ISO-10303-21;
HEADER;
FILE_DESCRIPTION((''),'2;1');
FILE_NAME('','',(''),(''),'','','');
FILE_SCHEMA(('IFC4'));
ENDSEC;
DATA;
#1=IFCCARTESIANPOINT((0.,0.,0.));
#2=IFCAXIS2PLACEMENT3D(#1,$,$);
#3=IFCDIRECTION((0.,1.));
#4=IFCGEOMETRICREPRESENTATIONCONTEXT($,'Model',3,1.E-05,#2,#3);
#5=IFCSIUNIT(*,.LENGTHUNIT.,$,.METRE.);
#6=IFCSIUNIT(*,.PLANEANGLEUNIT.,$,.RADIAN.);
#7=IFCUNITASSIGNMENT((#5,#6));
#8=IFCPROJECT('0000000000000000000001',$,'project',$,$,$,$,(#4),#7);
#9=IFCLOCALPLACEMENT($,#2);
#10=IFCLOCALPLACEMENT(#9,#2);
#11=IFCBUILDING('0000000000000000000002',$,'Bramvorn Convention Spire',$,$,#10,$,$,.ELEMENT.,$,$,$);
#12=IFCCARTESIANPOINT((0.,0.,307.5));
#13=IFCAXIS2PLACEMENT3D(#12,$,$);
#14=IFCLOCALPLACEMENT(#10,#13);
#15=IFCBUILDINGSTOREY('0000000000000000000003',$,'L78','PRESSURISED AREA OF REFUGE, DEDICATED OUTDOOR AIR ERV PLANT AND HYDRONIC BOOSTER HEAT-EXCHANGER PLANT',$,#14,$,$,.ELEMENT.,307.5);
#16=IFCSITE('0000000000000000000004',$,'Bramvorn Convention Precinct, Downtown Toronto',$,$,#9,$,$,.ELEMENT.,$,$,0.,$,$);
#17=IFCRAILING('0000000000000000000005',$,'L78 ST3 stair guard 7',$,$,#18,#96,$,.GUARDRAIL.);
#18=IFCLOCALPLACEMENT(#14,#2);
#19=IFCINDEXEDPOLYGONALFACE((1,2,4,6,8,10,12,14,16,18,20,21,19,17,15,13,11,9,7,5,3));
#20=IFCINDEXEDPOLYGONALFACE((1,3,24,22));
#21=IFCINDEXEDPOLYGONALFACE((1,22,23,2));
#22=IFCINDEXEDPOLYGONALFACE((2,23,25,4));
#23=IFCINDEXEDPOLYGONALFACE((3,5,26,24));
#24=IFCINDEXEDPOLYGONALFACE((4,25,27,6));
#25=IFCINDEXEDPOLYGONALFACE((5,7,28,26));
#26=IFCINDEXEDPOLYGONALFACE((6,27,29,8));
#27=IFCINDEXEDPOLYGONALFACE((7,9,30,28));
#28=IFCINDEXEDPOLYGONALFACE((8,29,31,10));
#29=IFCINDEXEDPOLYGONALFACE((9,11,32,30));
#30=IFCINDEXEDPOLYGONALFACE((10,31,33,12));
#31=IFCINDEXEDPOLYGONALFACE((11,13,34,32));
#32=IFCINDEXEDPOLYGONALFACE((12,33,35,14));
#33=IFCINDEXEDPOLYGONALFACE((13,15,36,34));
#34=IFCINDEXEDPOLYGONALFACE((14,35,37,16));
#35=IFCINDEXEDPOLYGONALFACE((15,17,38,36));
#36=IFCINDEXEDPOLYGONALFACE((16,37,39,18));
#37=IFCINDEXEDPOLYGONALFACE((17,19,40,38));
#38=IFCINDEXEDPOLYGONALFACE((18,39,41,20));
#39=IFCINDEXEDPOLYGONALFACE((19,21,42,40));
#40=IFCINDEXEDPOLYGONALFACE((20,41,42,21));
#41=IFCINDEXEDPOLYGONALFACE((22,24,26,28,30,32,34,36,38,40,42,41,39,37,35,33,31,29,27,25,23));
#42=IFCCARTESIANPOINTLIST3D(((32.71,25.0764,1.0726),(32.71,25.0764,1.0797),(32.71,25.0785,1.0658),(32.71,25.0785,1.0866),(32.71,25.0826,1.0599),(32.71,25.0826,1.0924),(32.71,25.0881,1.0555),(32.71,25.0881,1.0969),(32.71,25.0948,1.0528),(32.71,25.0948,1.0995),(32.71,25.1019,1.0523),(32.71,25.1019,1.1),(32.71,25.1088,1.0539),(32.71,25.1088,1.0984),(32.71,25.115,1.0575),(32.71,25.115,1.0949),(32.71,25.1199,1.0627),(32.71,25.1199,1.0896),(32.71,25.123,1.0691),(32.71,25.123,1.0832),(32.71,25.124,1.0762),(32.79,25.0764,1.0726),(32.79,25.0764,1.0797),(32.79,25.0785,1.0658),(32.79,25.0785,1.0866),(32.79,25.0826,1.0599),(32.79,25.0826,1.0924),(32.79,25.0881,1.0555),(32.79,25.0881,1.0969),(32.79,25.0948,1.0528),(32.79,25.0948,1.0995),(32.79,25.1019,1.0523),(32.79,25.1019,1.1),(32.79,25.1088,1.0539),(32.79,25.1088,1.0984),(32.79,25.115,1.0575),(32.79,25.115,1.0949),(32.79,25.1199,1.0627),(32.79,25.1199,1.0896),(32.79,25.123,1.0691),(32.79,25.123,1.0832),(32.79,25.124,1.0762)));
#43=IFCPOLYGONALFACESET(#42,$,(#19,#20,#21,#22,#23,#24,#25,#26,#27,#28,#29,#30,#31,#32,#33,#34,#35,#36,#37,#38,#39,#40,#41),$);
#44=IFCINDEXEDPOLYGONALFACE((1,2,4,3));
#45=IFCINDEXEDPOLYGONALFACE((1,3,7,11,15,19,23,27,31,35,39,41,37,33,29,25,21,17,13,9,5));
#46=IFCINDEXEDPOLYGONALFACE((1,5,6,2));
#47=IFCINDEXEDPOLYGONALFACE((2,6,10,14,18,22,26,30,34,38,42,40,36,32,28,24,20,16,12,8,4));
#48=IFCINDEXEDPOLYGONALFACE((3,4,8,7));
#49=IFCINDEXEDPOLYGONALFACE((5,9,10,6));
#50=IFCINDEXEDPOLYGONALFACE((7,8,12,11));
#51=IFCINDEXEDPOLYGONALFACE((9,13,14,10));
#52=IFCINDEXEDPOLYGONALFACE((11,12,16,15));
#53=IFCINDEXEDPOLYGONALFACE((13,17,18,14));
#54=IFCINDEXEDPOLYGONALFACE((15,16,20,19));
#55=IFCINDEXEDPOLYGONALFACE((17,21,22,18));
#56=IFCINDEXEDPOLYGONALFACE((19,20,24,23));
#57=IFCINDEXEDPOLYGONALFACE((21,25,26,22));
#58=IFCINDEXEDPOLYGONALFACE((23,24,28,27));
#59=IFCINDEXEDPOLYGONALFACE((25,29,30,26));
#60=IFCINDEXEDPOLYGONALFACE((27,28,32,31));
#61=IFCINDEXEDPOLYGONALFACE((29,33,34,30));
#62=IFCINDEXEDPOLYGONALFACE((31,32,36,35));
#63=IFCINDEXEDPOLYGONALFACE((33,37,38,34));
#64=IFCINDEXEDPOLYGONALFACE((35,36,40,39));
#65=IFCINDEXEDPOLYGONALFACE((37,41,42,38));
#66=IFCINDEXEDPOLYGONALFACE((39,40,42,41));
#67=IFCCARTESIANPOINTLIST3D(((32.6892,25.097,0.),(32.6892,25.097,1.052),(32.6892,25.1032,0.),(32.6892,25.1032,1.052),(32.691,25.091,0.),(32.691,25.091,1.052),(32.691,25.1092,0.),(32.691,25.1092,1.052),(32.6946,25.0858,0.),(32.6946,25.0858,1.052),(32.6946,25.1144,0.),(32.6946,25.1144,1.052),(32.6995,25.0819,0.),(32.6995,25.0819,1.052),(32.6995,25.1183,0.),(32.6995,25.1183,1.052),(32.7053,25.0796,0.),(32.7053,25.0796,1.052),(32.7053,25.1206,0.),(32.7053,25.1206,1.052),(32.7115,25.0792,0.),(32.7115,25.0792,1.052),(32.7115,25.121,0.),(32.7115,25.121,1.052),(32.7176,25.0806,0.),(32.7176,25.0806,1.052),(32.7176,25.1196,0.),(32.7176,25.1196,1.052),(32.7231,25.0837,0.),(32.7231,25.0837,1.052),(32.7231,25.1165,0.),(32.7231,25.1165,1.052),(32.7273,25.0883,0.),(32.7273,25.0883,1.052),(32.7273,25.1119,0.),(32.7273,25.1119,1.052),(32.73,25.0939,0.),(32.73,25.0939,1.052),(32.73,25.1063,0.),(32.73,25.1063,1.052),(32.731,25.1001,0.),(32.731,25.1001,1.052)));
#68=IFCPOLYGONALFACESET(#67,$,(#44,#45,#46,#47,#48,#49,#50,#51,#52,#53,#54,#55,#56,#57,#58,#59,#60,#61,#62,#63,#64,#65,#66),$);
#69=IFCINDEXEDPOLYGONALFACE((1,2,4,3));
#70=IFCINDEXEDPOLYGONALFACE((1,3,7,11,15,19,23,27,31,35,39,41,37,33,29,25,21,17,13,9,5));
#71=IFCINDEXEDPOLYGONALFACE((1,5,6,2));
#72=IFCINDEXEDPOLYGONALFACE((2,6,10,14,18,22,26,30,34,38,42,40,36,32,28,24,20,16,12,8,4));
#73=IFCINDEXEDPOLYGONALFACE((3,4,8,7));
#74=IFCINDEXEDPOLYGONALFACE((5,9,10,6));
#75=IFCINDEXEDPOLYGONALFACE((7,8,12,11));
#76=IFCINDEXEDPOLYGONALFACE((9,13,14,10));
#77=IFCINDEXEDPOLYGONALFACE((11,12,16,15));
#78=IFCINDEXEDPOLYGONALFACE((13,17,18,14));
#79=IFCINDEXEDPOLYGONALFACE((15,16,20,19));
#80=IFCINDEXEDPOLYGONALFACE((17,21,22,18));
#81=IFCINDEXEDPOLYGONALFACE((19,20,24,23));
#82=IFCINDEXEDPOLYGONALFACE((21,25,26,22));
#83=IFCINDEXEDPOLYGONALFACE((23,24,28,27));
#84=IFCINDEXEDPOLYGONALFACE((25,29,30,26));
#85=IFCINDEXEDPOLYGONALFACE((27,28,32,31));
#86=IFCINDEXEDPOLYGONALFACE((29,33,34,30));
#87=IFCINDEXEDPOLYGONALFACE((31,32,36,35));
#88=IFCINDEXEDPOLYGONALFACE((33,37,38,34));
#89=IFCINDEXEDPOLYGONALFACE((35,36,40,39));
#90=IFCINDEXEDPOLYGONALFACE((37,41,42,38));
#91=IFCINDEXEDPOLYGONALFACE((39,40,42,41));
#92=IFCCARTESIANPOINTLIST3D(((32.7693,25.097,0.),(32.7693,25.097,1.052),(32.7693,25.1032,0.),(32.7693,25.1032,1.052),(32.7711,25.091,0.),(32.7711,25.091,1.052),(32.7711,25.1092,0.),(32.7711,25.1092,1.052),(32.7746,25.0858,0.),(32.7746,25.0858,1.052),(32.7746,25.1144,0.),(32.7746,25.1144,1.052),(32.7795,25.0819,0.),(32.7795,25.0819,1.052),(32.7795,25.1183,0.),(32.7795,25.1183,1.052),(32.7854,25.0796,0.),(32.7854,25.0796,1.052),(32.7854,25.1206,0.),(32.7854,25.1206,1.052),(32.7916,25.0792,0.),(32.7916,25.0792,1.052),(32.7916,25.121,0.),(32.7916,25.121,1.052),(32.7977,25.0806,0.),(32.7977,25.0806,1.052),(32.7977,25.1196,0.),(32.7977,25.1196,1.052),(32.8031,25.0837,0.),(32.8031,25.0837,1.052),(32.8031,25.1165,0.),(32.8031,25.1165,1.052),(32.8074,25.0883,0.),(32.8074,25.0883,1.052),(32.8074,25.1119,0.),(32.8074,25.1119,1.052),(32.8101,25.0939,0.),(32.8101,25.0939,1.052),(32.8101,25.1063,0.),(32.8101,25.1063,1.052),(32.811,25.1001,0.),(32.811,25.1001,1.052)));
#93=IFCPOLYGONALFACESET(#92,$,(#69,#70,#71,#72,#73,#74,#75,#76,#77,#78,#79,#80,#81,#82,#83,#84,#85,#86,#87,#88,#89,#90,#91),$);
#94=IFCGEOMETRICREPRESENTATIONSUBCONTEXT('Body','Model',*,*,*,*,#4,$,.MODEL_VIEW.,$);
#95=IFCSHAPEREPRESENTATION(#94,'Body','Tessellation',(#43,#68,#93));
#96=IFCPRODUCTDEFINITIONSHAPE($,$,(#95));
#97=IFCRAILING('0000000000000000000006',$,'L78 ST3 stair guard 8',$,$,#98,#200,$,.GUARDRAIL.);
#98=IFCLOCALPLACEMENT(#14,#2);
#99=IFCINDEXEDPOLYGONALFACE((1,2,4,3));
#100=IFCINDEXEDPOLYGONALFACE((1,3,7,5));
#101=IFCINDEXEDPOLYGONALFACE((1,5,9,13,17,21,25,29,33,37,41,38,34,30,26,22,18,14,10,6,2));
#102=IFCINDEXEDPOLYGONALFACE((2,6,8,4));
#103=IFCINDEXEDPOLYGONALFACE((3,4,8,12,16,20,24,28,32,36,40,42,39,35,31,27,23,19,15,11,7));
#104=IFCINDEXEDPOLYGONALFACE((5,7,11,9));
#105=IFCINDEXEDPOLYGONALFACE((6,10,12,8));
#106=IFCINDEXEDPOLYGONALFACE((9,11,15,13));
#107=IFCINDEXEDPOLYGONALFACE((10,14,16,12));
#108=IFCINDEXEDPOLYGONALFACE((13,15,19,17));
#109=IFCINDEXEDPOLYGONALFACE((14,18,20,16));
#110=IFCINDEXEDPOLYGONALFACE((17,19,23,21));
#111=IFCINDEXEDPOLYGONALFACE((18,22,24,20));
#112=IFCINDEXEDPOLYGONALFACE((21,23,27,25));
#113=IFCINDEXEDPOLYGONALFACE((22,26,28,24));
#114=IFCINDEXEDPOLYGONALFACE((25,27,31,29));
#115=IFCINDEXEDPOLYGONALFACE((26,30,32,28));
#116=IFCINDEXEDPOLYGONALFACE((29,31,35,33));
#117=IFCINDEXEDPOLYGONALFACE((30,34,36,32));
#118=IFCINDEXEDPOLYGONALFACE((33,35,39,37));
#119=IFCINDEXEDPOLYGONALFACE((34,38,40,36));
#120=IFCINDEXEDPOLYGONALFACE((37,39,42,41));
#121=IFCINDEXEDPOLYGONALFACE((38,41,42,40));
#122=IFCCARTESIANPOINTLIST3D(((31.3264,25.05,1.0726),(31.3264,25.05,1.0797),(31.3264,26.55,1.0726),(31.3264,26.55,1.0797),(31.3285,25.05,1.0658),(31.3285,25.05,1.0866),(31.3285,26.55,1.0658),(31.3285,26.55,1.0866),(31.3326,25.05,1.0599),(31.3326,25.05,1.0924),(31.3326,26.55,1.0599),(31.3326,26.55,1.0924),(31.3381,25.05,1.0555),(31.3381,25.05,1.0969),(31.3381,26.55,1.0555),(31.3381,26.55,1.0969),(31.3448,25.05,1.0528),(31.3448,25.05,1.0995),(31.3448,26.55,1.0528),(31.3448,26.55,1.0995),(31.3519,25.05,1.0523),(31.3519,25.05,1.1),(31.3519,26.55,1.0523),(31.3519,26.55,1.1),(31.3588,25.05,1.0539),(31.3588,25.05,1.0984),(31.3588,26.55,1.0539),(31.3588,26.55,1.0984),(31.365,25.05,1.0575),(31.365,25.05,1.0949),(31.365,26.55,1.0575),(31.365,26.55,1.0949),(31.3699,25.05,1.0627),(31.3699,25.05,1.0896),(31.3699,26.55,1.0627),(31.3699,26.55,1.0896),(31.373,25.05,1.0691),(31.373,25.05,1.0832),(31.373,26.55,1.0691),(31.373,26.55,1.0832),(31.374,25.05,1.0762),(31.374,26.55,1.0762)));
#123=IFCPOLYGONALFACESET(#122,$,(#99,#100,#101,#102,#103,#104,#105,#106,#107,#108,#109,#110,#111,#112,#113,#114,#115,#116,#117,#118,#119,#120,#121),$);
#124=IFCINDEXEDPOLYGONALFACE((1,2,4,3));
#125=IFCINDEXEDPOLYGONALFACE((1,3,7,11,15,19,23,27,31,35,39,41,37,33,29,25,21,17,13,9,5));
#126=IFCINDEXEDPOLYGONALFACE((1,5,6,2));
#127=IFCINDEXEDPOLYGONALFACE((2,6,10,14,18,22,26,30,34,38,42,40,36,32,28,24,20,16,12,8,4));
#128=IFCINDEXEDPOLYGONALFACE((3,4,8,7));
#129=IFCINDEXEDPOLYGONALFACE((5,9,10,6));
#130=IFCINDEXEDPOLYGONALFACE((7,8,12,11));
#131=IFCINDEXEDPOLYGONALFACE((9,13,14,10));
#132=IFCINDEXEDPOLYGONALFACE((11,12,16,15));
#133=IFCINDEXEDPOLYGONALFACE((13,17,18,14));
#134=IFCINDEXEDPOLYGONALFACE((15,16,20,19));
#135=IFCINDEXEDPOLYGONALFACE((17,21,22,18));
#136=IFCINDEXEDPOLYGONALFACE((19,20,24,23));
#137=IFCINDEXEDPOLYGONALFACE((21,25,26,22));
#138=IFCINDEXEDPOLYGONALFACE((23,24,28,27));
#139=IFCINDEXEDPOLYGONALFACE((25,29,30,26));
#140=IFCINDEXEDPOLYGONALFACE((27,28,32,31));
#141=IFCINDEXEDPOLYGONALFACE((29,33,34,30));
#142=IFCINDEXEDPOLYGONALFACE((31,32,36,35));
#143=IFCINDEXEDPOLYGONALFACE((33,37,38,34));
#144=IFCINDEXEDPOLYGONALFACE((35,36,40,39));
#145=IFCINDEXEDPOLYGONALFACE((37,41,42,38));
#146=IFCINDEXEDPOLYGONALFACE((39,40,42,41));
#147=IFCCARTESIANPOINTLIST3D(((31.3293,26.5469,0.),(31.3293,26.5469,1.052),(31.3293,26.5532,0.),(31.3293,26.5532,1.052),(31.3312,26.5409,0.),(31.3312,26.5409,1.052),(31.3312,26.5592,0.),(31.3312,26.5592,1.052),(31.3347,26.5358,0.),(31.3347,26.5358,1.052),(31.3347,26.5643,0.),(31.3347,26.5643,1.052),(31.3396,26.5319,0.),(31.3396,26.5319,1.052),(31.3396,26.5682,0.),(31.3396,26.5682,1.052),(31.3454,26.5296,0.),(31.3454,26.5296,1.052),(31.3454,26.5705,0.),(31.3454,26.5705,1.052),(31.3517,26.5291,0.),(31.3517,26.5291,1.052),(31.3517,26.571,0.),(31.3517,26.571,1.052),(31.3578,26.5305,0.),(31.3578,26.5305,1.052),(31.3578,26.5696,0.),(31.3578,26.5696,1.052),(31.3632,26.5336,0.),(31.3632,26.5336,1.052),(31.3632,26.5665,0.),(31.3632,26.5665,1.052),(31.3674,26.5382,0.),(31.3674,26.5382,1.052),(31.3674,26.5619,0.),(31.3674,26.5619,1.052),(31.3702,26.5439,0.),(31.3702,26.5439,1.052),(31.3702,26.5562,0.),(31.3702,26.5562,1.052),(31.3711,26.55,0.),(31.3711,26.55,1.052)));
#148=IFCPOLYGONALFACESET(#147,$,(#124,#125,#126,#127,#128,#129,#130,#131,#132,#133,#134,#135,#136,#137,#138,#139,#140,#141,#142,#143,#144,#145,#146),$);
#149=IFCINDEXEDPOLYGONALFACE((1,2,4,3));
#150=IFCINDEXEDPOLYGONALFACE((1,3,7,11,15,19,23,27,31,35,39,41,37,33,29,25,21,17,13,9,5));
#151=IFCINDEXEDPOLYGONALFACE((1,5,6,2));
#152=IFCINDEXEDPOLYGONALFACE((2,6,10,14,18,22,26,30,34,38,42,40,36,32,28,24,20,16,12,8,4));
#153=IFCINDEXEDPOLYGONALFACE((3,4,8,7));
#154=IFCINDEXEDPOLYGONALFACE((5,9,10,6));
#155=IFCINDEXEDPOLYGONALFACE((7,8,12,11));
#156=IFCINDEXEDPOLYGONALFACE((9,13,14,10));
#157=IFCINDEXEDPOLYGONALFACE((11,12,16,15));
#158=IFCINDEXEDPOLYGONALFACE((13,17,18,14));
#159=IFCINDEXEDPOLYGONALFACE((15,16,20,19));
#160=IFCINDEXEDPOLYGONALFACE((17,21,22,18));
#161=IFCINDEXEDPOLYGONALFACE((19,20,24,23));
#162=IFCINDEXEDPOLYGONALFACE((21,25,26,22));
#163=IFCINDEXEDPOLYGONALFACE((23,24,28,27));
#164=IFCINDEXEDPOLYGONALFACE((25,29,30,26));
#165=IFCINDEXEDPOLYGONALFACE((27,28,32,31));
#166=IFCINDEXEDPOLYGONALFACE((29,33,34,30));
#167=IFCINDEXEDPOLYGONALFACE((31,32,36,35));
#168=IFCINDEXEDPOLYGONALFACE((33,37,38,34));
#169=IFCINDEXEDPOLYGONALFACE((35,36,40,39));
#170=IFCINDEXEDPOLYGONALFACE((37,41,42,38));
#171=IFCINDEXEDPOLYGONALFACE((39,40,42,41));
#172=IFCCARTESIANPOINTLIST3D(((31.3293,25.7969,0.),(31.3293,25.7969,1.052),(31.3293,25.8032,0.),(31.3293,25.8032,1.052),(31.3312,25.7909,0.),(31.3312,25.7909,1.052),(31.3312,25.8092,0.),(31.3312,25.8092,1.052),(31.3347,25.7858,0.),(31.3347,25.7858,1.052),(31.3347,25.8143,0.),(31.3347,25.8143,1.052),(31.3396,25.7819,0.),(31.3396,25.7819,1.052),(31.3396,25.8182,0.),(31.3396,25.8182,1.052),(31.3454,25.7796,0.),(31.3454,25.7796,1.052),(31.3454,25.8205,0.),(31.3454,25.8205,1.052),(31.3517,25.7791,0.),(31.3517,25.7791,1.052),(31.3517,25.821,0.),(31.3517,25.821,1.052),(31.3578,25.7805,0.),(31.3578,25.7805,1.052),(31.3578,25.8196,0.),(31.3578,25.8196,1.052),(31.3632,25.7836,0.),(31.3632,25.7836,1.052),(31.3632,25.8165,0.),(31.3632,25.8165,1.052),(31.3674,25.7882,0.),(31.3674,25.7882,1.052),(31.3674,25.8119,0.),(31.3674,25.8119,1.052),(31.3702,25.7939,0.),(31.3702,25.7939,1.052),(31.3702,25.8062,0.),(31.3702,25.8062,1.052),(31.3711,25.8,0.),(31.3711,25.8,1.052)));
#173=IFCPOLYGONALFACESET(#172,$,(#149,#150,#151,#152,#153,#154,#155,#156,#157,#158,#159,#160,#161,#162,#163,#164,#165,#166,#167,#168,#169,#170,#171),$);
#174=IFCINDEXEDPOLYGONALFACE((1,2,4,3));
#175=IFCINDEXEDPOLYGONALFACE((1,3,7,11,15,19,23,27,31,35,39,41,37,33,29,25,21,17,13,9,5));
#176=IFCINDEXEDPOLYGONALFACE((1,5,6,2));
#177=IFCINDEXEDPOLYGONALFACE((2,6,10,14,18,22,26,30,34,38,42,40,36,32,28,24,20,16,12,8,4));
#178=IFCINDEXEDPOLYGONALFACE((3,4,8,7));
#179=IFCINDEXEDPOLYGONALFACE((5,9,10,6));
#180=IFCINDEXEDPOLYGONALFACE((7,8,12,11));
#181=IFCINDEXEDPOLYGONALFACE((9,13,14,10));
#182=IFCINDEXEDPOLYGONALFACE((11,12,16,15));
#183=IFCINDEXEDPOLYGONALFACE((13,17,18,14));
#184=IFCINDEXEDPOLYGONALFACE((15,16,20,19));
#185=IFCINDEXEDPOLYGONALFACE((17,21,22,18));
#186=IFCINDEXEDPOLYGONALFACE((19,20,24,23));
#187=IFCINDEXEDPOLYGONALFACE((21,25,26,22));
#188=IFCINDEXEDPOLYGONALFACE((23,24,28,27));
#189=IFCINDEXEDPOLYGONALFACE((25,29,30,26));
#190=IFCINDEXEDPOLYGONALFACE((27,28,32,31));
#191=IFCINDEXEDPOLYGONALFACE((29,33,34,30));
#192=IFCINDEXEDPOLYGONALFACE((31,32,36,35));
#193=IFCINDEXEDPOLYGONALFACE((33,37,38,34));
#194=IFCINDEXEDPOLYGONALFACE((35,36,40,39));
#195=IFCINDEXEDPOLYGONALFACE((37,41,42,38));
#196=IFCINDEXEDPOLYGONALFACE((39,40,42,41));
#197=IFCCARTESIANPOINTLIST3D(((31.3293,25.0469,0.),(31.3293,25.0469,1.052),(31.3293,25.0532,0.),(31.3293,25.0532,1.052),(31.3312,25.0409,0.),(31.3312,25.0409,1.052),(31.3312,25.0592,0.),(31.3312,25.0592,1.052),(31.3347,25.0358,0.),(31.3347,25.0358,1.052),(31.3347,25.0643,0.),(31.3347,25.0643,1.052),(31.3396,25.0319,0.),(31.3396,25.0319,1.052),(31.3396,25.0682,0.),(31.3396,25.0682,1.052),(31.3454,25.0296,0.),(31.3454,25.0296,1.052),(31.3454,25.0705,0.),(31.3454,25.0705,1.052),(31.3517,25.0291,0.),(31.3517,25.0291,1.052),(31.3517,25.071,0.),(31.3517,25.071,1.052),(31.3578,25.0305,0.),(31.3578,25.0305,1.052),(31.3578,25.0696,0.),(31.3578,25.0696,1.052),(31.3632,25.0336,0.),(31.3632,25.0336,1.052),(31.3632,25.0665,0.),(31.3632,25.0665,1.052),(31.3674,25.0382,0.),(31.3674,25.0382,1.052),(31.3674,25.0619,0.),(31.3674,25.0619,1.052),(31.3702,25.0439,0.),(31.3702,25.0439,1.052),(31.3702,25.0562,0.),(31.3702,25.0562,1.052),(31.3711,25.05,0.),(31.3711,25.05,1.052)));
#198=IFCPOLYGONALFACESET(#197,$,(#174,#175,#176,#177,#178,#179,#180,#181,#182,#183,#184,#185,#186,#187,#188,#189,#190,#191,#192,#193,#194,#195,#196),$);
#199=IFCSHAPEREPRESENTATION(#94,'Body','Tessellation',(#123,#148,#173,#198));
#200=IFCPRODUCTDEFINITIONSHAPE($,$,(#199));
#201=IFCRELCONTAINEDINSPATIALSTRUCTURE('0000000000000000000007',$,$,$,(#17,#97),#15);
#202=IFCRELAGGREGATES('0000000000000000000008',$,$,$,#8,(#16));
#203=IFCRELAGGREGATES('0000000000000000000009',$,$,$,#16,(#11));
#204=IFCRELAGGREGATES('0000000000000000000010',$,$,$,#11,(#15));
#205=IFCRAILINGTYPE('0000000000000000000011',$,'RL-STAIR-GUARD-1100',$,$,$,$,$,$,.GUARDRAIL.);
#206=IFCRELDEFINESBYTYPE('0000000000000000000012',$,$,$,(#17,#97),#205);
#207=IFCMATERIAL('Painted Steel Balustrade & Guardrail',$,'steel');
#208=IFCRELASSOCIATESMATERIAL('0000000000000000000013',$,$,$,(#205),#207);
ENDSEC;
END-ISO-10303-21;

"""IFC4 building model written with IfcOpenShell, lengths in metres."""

from ifc_helpers import new_model, si_unit, direction, frame, origin, origin_2d, place, context, subcontext, project, spatial, circle, extrude, material, type_object, element, save


model = new_model("IFC4")

# Units and contexts
model_context = context("Model", 3, precision=1e-05, world=origin(), true_north=direction((0.0, 1.0)))
body_context = subcontext(model_context, "Body", "Model", "MODEL_VIEW")
ifc_project = project(units=[si_unit("LENGTHUNIT", "METRE"), si_unit("PLANEANGLEUNIT", "RADIAN")], contexts=[model_context])

# Site, building, storey
site_placement = place(None, origin())
site = spatial("IfcSite", under=ifc_project, at=site_placement, Name="Bramvorn Convention Precinct, Downtown Toronto", CompositionType="ELEMENT", RefElevation=0.0)
building_placement = place(site_placement, origin())
building = spatial("IfcBuilding", under=site, at=building_placement, Name="Bramvorn Convention Spire", CompositionType="ELEMENT")
storey_placement = place(building_placement, frame((0.0, 0.0, 307.5)))
storey = spatial("IfcBuildingStorey", under=building, at=storey_placement, Name="L78", Description="PRESSURISED AREA OF REFUGE, DEDICATED OUTDOOR AIR ERV PLANT AND HYDRONIC BOOSTER HEAT-EXCHANGER PLANT", CompositionType="ELEMENT", Elevation=307.5)

# Railings
ifc_material_1 = material(Name="Painted Steel Balustrade & Guardrail", Category="steel")
railing_type = type_object("IfcRailingType", Name="RL-STAIR-GUARD-1100", PredefinedType="GUARDRAIL", material=ifc_material_1)
railing_1_placement = place(storey_placement, frame((32.71, 25.1001, 0.0)))
element("IfcRailing", 1, at=railing_1_placement, inside=storey, type_object=railing_type, Name="L78 ST3 stair guard 7", PredefinedType="GUARDRAIL", context=body_context, shape_type="SweptSolid", body=[
    extrude(circle(Radius=0.0239, at=origin_2d()), frame((0.0, 0.0, 1.0762), z_axis=(1.0, 0.0, 0.0), x_axis=(0.0, 1.0, 0.0)), (0.0, 0.0, 1.0), 0.0801),
    extrude(circle(Radius=0.021, at=origin_2d()), origin(), (0.0, 0.0, 1.0), 1.052),
    extrude(circle(Radius=0.021, at=origin_2d()), frame((0.0801, 0.0, 0.0)), (0.0, 0.0, 1.0), 1.052),
])
for number, where, name in (
    (2, (31.3501, 26.55, 0.0), "L78 ST3 stair guard 8"),
):
    element("IfcRailing", number, at=place(storey_placement, frame(where)), inside=storey, type_object=railing_type, Name=name, PredefinedType="GUARDRAIL", context=body_context, shape_type="SweptSolid", body=[
        extrude(circle(Radius=0.0239, at=origin_2d()), frame((0.0, 0.0, 1.0762), z_axis=(0.0, -1.0, 0.0), x_axis=(1.0, 0.0, 0.0)), (0.0, 0.0, 1.0), 1.5),
        extrude(circle(Radius=0.021, at=origin_2d()), origin(), (0.0, 0.0, 1.0), 1.052),
        extrude(circle(Radius=0.021, at=origin_2d()), frame((0.0, -0.75, 0.0)), (0.0, 0.0, 1.0), 1.052),
        extrude(circle(Radius=0.021, at=origin_2d()), frame((0.0, -1.5, 0.0)), (0.0, 0.0, 1.0), 1.052),
    ])

save(model, "model.ifc")
